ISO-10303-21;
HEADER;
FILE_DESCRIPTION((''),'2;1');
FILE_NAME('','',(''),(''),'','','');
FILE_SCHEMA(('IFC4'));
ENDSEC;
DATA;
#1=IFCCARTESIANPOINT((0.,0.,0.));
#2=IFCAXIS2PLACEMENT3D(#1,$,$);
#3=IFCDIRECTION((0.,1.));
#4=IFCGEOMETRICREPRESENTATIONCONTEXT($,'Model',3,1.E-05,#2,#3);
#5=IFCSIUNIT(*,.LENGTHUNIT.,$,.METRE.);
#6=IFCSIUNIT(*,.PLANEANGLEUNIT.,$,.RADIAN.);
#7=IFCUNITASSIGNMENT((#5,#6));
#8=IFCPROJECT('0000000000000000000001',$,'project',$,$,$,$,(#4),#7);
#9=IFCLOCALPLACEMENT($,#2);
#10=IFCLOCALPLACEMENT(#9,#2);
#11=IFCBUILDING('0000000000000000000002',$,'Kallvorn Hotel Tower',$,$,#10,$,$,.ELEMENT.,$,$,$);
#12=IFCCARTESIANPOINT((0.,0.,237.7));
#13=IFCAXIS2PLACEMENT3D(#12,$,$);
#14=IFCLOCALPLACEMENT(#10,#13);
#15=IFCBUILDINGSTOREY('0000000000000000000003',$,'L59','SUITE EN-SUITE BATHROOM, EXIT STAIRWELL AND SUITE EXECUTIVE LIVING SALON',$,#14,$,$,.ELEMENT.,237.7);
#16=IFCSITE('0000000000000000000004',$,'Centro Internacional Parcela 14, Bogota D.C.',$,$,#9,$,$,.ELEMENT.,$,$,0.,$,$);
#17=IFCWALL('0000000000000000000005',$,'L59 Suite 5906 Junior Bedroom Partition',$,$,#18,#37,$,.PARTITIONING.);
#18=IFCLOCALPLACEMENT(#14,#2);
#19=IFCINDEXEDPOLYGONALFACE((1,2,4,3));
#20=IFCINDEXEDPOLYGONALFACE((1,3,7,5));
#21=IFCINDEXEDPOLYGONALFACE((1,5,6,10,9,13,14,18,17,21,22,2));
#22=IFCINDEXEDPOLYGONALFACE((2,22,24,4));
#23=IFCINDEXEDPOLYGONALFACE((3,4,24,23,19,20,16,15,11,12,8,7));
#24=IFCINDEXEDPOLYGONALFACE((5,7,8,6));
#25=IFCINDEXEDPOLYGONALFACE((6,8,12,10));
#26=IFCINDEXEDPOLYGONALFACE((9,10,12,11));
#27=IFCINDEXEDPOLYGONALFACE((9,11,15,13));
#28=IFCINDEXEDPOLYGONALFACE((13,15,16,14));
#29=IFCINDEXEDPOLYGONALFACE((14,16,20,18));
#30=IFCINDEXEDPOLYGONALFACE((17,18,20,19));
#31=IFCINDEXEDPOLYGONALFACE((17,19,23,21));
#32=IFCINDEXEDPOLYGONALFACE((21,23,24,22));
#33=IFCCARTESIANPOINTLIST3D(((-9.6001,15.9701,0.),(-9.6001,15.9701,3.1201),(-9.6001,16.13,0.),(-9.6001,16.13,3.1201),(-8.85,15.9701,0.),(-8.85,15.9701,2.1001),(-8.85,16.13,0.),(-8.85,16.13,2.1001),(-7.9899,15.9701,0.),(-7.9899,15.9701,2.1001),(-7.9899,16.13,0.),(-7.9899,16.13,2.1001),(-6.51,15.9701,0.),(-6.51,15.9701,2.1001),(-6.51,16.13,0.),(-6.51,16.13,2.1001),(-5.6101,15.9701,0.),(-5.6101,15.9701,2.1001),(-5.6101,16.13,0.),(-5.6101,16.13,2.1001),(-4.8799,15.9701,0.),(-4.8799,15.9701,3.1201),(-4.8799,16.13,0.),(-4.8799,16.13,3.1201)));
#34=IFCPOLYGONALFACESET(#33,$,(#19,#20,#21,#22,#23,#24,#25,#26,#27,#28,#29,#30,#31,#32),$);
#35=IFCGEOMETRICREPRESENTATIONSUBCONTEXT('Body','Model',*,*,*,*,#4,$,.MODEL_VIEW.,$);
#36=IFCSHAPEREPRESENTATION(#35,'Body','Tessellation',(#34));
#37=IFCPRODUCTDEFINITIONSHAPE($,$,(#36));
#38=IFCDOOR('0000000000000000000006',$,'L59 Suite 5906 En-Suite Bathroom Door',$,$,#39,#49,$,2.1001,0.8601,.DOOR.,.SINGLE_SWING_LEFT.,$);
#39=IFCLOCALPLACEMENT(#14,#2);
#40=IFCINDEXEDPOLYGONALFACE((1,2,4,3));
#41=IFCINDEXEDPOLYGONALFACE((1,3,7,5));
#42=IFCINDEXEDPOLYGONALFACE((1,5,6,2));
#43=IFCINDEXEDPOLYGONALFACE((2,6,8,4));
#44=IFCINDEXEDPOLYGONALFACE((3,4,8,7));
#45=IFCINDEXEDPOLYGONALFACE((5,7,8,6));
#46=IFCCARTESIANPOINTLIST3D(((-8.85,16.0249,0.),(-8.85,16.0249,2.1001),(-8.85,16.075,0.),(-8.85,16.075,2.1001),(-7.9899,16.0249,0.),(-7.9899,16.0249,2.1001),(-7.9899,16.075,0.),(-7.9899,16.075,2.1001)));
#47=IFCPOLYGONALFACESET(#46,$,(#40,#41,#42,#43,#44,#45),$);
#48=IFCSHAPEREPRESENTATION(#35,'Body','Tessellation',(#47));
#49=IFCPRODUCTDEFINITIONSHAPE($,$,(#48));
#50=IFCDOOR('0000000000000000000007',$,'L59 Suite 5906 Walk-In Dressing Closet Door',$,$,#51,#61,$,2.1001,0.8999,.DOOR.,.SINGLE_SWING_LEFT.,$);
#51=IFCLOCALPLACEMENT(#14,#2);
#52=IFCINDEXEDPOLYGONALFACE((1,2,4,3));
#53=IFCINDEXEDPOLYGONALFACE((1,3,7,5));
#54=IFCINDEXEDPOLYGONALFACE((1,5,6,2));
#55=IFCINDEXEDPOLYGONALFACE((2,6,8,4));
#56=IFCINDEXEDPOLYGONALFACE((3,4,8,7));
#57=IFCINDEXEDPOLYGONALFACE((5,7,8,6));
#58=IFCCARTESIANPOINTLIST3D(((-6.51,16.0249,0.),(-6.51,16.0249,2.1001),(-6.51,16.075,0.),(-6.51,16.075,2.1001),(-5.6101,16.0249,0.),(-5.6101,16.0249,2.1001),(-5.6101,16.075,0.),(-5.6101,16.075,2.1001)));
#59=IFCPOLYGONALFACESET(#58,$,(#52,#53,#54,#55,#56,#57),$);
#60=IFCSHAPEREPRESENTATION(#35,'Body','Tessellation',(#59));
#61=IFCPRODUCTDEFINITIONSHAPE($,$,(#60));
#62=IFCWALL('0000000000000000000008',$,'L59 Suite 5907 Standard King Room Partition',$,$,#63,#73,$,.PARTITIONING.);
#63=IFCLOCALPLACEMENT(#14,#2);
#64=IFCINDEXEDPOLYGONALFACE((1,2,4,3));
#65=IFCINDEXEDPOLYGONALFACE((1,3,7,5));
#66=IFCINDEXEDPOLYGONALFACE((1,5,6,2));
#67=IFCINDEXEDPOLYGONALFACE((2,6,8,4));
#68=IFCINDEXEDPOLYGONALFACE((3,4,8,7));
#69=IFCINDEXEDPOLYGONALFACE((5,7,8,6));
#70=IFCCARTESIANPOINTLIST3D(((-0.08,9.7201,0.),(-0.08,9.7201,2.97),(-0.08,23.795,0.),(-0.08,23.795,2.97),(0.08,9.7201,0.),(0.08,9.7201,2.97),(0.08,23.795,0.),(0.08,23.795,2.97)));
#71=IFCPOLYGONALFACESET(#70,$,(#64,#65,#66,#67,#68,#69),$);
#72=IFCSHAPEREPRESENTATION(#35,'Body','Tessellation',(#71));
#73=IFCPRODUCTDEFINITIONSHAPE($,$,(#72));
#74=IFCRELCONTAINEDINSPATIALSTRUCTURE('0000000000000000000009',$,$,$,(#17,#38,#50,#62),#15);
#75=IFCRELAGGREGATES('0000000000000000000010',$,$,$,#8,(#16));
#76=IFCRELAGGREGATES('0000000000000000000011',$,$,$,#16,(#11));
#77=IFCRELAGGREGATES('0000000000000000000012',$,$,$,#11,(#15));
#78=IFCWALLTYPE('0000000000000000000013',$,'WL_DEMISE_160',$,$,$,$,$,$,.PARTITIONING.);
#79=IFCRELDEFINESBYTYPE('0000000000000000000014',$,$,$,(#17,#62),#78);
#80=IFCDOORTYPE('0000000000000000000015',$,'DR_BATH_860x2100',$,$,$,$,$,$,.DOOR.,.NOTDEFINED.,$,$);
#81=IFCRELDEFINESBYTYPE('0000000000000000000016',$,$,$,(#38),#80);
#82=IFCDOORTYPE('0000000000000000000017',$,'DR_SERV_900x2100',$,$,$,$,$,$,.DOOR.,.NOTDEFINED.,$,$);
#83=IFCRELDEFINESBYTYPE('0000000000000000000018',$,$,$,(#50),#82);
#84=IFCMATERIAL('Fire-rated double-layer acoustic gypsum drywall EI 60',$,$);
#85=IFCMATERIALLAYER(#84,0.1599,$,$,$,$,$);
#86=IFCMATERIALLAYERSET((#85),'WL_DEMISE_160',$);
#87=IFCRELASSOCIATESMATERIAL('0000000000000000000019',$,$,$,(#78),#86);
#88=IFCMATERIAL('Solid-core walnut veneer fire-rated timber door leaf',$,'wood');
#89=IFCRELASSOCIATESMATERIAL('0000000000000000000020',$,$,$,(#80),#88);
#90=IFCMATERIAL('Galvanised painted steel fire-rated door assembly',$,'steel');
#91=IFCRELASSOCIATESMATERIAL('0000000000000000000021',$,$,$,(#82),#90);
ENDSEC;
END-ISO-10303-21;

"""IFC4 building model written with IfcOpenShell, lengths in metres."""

from ifc_helpers import new_model, si_unit, direction, frame, frame_2d, origin, place, context, subcontext, project, spatial, rectangle, extrude, material, layer, layer_set, type_object, element, fill, save


model = new_model("IFC4")

# Units and contexts
model_context = context("Model", 3, precision=1e-05, world=origin(), true_north=direction((0.0, 1.0)))
body_context = subcontext(model_context, "Body", "Model", "MODEL_VIEW")
ifc_project = project(units=[si_unit("LENGTHUNIT", "METRE"), si_unit("PLANEANGLEUNIT", "RADIAN")], contexts=[model_context])

# Site, building, storey
site_placement = place(None, origin())
site = spatial("IfcSite", under=ifc_project, at=site_placement, Name="Centro Internacional Parcela 14, Bogota D.C.", CompositionType="ELEMENT", RefElevation=0.0)
building_placement = place(site_placement, origin())
building = spatial("IfcBuilding", under=site, at=building_placement, Name="Kallvorn Hotel Tower", CompositionType="ELEMENT")
storey_placement = place(building_placement, frame((0.0, 0.0, 237.7)))
storey = spatial("IfcBuildingStorey", under=building, at=storey_placement, Name="L59", Description="SUITE EN-SUITE BATHROOM, EXIT STAIRWELL AND SUITE EXECUTIVE LIVING SALON", CompositionType="ELEMENT", Elevation=237.7)

# Shared definitions
ifc_material_1 = material(Name="Fire-rated double-layer acoustic gypsum drywall EI 60")
ifc_layer_1 = layer(ifc_material_1, 0.1599)
ifc_layer_set_1 = layer_set([ifc_layer_1], Name="WL_DEMISE_160")
wall_type = type_object("IfcWallType", Name="WL_DEMISE_160", PredefinedType="PARTITIONING", material=ifc_layer_set_1)

# Wall, openings, doors
wall_1_placement = place(storey_placement, frame((-9.6001, 16.05, 0.0), z_axis=(0.0, 0.0, 1.0), x_axis=(1.0, 0.0, 0.0)))
wall_1 = element("IfcWall", 1, at=wall_1_placement, inside=storey, type_object=wall_type, Name="L59 Suite 5906 Junior Bedroom Partition", PredefinedType="PARTITIONING", context=body_context, shape_type="SweptSolid", body=[
    extrude(rectangle(XDim=4.7202, YDim=0.1599, at=frame_2d((2.3601, 0.0))), origin(), (0.0, 0.0, 1.0), 3.1201),
])
opening_1_placement = place(wall_1_placement, frame((0.75, 0.0, 0.0)))
opening_1 = element("IfcOpeningElement", 2, at=opening_1_placement, cuts=wall_1, PredefinedType="OPENING", context=body_context, shape_type="SweptSolid", body=[
    extrude(rectangle(XDim=0.8601, YDim=2.1001, at=frame_2d((0.4302, 1.05))), frame((0.0, 0.095, 0.0), z_axis=(0.0, -1.0, 0.0), x_axis=(1.0, 0.0, 0.0)), (0.0, 0.0, 1.0), 0.1899),
])
opening_2_placement = place(wall_1_placement, frame((3.0901, 0.0, 0.0)))
opening_2 = element("IfcOpeningElement", 3, at=opening_2_placement, cuts=wall_1, PredefinedType="OPENING", context=body_context, shape_type="SweptSolid", body=[
    extrude(rectangle(XDim=0.8999, YDim=2.1001, at=frame_2d((0.45, 1.05))), frame((0.0, 0.095, 0.0), z_axis=(0.0, -1.0, 0.0), x_axis=(1.0, 0.0, 0.0)), (0.0, 0.0, 1.0), 0.1899),
])
ifc_material_2 = material(Name="Solid-core walnut veneer fire-rated timber door leaf", Category="wood")
door_type_1 = type_object("IfcDoorType", Name="DR_BATH_860x2100", OperationType="NOTDEFINED", PredefinedType="DOOR", material=ifc_material_2)
door_1_placement = place(opening_1_placement, origin())
door_1 = element("IfcDoor", 4, at=door_1_placement, inside=storey, type_object=door_type_1, Name="L59 Suite 5906 En-Suite Bathroom Door", OperationType="SINGLE_SWING_LEFT", OverallHeight=2.1001, OverallWidth=0.8601, PredefinedType="DOOR", context=body_context, shape_type="SweptSolid", body=[
    extrude(rectangle(XDim=0.8601, YDim=2.1001, at=frame_2d((0.4302, 1.05))), frame((0.0, 0.0249, 0.0), z_axis=(0.0, -1.0, 0.0), x_axis=(1.0, 0.0, 0.0)), (0.0, 0.0, 1.0), 0.05),
])
fill(opening_1, door_1)
ifc_material_3 = material(Name="Galvanised painted steel fire-rated door assembly", Category="steel")
door_type_2 = type_object("IfcDoorType", Name="DR_SERV_900x2100", OperationType="NOTDEFINED", PredefinedType="DOOR", material=ifc_material_3)
door_2_placement = place(opening_2_placement, origin())
door_2 = element("IfcDoor", 5, at=door_2_placement, inside=storey, type_object=door_type_2, Name="L59 Suite 5906 Walk-In Dressing Closet Door", OperationType="SINGLE_SWING_LEFT", OverallHeight=2.1001, OverallWidth=0.8999, PredefinedType="DOOR", context=body_context, shape_type="SweptSolid", body=[
    extrude(rectangle(XDim=0.8999, YDim=2.1001, at=frame_2d((0.45, 1.05))), frame((0.0, 0.0249, 0.0), z_axis=(0.0, -1.0, 0.0), x_axis=(1.0, 0.0, 0.0)), (0.0, 0.0, 1.0), 0.05),
])
fill(opening_2, door_2)

# Wall
wall_2_placement = place(storey_placement, frame((0.0, 9.72, 0.0), z_axis=(0.0, 0.0, 1.0), x_axis=(0.0, 1.0, 0.0)))
element("IfcWall", 6, at=wall_2_placement, inside=storey, type_object=wall_type, Name="L59 Suite 5907 Standard King Room Partition", PredefinedType="PARTITIONING", context=body_context, shape_type="SweptSolid", body=[
    extrude(rectangle(XDim=14.075, YDim=0.1599, at=frame_2d((7.0376, 0.0))), origin(), (0.0, 0.0, 1.0), 2.97),
])

save(model, "model.ifc")
